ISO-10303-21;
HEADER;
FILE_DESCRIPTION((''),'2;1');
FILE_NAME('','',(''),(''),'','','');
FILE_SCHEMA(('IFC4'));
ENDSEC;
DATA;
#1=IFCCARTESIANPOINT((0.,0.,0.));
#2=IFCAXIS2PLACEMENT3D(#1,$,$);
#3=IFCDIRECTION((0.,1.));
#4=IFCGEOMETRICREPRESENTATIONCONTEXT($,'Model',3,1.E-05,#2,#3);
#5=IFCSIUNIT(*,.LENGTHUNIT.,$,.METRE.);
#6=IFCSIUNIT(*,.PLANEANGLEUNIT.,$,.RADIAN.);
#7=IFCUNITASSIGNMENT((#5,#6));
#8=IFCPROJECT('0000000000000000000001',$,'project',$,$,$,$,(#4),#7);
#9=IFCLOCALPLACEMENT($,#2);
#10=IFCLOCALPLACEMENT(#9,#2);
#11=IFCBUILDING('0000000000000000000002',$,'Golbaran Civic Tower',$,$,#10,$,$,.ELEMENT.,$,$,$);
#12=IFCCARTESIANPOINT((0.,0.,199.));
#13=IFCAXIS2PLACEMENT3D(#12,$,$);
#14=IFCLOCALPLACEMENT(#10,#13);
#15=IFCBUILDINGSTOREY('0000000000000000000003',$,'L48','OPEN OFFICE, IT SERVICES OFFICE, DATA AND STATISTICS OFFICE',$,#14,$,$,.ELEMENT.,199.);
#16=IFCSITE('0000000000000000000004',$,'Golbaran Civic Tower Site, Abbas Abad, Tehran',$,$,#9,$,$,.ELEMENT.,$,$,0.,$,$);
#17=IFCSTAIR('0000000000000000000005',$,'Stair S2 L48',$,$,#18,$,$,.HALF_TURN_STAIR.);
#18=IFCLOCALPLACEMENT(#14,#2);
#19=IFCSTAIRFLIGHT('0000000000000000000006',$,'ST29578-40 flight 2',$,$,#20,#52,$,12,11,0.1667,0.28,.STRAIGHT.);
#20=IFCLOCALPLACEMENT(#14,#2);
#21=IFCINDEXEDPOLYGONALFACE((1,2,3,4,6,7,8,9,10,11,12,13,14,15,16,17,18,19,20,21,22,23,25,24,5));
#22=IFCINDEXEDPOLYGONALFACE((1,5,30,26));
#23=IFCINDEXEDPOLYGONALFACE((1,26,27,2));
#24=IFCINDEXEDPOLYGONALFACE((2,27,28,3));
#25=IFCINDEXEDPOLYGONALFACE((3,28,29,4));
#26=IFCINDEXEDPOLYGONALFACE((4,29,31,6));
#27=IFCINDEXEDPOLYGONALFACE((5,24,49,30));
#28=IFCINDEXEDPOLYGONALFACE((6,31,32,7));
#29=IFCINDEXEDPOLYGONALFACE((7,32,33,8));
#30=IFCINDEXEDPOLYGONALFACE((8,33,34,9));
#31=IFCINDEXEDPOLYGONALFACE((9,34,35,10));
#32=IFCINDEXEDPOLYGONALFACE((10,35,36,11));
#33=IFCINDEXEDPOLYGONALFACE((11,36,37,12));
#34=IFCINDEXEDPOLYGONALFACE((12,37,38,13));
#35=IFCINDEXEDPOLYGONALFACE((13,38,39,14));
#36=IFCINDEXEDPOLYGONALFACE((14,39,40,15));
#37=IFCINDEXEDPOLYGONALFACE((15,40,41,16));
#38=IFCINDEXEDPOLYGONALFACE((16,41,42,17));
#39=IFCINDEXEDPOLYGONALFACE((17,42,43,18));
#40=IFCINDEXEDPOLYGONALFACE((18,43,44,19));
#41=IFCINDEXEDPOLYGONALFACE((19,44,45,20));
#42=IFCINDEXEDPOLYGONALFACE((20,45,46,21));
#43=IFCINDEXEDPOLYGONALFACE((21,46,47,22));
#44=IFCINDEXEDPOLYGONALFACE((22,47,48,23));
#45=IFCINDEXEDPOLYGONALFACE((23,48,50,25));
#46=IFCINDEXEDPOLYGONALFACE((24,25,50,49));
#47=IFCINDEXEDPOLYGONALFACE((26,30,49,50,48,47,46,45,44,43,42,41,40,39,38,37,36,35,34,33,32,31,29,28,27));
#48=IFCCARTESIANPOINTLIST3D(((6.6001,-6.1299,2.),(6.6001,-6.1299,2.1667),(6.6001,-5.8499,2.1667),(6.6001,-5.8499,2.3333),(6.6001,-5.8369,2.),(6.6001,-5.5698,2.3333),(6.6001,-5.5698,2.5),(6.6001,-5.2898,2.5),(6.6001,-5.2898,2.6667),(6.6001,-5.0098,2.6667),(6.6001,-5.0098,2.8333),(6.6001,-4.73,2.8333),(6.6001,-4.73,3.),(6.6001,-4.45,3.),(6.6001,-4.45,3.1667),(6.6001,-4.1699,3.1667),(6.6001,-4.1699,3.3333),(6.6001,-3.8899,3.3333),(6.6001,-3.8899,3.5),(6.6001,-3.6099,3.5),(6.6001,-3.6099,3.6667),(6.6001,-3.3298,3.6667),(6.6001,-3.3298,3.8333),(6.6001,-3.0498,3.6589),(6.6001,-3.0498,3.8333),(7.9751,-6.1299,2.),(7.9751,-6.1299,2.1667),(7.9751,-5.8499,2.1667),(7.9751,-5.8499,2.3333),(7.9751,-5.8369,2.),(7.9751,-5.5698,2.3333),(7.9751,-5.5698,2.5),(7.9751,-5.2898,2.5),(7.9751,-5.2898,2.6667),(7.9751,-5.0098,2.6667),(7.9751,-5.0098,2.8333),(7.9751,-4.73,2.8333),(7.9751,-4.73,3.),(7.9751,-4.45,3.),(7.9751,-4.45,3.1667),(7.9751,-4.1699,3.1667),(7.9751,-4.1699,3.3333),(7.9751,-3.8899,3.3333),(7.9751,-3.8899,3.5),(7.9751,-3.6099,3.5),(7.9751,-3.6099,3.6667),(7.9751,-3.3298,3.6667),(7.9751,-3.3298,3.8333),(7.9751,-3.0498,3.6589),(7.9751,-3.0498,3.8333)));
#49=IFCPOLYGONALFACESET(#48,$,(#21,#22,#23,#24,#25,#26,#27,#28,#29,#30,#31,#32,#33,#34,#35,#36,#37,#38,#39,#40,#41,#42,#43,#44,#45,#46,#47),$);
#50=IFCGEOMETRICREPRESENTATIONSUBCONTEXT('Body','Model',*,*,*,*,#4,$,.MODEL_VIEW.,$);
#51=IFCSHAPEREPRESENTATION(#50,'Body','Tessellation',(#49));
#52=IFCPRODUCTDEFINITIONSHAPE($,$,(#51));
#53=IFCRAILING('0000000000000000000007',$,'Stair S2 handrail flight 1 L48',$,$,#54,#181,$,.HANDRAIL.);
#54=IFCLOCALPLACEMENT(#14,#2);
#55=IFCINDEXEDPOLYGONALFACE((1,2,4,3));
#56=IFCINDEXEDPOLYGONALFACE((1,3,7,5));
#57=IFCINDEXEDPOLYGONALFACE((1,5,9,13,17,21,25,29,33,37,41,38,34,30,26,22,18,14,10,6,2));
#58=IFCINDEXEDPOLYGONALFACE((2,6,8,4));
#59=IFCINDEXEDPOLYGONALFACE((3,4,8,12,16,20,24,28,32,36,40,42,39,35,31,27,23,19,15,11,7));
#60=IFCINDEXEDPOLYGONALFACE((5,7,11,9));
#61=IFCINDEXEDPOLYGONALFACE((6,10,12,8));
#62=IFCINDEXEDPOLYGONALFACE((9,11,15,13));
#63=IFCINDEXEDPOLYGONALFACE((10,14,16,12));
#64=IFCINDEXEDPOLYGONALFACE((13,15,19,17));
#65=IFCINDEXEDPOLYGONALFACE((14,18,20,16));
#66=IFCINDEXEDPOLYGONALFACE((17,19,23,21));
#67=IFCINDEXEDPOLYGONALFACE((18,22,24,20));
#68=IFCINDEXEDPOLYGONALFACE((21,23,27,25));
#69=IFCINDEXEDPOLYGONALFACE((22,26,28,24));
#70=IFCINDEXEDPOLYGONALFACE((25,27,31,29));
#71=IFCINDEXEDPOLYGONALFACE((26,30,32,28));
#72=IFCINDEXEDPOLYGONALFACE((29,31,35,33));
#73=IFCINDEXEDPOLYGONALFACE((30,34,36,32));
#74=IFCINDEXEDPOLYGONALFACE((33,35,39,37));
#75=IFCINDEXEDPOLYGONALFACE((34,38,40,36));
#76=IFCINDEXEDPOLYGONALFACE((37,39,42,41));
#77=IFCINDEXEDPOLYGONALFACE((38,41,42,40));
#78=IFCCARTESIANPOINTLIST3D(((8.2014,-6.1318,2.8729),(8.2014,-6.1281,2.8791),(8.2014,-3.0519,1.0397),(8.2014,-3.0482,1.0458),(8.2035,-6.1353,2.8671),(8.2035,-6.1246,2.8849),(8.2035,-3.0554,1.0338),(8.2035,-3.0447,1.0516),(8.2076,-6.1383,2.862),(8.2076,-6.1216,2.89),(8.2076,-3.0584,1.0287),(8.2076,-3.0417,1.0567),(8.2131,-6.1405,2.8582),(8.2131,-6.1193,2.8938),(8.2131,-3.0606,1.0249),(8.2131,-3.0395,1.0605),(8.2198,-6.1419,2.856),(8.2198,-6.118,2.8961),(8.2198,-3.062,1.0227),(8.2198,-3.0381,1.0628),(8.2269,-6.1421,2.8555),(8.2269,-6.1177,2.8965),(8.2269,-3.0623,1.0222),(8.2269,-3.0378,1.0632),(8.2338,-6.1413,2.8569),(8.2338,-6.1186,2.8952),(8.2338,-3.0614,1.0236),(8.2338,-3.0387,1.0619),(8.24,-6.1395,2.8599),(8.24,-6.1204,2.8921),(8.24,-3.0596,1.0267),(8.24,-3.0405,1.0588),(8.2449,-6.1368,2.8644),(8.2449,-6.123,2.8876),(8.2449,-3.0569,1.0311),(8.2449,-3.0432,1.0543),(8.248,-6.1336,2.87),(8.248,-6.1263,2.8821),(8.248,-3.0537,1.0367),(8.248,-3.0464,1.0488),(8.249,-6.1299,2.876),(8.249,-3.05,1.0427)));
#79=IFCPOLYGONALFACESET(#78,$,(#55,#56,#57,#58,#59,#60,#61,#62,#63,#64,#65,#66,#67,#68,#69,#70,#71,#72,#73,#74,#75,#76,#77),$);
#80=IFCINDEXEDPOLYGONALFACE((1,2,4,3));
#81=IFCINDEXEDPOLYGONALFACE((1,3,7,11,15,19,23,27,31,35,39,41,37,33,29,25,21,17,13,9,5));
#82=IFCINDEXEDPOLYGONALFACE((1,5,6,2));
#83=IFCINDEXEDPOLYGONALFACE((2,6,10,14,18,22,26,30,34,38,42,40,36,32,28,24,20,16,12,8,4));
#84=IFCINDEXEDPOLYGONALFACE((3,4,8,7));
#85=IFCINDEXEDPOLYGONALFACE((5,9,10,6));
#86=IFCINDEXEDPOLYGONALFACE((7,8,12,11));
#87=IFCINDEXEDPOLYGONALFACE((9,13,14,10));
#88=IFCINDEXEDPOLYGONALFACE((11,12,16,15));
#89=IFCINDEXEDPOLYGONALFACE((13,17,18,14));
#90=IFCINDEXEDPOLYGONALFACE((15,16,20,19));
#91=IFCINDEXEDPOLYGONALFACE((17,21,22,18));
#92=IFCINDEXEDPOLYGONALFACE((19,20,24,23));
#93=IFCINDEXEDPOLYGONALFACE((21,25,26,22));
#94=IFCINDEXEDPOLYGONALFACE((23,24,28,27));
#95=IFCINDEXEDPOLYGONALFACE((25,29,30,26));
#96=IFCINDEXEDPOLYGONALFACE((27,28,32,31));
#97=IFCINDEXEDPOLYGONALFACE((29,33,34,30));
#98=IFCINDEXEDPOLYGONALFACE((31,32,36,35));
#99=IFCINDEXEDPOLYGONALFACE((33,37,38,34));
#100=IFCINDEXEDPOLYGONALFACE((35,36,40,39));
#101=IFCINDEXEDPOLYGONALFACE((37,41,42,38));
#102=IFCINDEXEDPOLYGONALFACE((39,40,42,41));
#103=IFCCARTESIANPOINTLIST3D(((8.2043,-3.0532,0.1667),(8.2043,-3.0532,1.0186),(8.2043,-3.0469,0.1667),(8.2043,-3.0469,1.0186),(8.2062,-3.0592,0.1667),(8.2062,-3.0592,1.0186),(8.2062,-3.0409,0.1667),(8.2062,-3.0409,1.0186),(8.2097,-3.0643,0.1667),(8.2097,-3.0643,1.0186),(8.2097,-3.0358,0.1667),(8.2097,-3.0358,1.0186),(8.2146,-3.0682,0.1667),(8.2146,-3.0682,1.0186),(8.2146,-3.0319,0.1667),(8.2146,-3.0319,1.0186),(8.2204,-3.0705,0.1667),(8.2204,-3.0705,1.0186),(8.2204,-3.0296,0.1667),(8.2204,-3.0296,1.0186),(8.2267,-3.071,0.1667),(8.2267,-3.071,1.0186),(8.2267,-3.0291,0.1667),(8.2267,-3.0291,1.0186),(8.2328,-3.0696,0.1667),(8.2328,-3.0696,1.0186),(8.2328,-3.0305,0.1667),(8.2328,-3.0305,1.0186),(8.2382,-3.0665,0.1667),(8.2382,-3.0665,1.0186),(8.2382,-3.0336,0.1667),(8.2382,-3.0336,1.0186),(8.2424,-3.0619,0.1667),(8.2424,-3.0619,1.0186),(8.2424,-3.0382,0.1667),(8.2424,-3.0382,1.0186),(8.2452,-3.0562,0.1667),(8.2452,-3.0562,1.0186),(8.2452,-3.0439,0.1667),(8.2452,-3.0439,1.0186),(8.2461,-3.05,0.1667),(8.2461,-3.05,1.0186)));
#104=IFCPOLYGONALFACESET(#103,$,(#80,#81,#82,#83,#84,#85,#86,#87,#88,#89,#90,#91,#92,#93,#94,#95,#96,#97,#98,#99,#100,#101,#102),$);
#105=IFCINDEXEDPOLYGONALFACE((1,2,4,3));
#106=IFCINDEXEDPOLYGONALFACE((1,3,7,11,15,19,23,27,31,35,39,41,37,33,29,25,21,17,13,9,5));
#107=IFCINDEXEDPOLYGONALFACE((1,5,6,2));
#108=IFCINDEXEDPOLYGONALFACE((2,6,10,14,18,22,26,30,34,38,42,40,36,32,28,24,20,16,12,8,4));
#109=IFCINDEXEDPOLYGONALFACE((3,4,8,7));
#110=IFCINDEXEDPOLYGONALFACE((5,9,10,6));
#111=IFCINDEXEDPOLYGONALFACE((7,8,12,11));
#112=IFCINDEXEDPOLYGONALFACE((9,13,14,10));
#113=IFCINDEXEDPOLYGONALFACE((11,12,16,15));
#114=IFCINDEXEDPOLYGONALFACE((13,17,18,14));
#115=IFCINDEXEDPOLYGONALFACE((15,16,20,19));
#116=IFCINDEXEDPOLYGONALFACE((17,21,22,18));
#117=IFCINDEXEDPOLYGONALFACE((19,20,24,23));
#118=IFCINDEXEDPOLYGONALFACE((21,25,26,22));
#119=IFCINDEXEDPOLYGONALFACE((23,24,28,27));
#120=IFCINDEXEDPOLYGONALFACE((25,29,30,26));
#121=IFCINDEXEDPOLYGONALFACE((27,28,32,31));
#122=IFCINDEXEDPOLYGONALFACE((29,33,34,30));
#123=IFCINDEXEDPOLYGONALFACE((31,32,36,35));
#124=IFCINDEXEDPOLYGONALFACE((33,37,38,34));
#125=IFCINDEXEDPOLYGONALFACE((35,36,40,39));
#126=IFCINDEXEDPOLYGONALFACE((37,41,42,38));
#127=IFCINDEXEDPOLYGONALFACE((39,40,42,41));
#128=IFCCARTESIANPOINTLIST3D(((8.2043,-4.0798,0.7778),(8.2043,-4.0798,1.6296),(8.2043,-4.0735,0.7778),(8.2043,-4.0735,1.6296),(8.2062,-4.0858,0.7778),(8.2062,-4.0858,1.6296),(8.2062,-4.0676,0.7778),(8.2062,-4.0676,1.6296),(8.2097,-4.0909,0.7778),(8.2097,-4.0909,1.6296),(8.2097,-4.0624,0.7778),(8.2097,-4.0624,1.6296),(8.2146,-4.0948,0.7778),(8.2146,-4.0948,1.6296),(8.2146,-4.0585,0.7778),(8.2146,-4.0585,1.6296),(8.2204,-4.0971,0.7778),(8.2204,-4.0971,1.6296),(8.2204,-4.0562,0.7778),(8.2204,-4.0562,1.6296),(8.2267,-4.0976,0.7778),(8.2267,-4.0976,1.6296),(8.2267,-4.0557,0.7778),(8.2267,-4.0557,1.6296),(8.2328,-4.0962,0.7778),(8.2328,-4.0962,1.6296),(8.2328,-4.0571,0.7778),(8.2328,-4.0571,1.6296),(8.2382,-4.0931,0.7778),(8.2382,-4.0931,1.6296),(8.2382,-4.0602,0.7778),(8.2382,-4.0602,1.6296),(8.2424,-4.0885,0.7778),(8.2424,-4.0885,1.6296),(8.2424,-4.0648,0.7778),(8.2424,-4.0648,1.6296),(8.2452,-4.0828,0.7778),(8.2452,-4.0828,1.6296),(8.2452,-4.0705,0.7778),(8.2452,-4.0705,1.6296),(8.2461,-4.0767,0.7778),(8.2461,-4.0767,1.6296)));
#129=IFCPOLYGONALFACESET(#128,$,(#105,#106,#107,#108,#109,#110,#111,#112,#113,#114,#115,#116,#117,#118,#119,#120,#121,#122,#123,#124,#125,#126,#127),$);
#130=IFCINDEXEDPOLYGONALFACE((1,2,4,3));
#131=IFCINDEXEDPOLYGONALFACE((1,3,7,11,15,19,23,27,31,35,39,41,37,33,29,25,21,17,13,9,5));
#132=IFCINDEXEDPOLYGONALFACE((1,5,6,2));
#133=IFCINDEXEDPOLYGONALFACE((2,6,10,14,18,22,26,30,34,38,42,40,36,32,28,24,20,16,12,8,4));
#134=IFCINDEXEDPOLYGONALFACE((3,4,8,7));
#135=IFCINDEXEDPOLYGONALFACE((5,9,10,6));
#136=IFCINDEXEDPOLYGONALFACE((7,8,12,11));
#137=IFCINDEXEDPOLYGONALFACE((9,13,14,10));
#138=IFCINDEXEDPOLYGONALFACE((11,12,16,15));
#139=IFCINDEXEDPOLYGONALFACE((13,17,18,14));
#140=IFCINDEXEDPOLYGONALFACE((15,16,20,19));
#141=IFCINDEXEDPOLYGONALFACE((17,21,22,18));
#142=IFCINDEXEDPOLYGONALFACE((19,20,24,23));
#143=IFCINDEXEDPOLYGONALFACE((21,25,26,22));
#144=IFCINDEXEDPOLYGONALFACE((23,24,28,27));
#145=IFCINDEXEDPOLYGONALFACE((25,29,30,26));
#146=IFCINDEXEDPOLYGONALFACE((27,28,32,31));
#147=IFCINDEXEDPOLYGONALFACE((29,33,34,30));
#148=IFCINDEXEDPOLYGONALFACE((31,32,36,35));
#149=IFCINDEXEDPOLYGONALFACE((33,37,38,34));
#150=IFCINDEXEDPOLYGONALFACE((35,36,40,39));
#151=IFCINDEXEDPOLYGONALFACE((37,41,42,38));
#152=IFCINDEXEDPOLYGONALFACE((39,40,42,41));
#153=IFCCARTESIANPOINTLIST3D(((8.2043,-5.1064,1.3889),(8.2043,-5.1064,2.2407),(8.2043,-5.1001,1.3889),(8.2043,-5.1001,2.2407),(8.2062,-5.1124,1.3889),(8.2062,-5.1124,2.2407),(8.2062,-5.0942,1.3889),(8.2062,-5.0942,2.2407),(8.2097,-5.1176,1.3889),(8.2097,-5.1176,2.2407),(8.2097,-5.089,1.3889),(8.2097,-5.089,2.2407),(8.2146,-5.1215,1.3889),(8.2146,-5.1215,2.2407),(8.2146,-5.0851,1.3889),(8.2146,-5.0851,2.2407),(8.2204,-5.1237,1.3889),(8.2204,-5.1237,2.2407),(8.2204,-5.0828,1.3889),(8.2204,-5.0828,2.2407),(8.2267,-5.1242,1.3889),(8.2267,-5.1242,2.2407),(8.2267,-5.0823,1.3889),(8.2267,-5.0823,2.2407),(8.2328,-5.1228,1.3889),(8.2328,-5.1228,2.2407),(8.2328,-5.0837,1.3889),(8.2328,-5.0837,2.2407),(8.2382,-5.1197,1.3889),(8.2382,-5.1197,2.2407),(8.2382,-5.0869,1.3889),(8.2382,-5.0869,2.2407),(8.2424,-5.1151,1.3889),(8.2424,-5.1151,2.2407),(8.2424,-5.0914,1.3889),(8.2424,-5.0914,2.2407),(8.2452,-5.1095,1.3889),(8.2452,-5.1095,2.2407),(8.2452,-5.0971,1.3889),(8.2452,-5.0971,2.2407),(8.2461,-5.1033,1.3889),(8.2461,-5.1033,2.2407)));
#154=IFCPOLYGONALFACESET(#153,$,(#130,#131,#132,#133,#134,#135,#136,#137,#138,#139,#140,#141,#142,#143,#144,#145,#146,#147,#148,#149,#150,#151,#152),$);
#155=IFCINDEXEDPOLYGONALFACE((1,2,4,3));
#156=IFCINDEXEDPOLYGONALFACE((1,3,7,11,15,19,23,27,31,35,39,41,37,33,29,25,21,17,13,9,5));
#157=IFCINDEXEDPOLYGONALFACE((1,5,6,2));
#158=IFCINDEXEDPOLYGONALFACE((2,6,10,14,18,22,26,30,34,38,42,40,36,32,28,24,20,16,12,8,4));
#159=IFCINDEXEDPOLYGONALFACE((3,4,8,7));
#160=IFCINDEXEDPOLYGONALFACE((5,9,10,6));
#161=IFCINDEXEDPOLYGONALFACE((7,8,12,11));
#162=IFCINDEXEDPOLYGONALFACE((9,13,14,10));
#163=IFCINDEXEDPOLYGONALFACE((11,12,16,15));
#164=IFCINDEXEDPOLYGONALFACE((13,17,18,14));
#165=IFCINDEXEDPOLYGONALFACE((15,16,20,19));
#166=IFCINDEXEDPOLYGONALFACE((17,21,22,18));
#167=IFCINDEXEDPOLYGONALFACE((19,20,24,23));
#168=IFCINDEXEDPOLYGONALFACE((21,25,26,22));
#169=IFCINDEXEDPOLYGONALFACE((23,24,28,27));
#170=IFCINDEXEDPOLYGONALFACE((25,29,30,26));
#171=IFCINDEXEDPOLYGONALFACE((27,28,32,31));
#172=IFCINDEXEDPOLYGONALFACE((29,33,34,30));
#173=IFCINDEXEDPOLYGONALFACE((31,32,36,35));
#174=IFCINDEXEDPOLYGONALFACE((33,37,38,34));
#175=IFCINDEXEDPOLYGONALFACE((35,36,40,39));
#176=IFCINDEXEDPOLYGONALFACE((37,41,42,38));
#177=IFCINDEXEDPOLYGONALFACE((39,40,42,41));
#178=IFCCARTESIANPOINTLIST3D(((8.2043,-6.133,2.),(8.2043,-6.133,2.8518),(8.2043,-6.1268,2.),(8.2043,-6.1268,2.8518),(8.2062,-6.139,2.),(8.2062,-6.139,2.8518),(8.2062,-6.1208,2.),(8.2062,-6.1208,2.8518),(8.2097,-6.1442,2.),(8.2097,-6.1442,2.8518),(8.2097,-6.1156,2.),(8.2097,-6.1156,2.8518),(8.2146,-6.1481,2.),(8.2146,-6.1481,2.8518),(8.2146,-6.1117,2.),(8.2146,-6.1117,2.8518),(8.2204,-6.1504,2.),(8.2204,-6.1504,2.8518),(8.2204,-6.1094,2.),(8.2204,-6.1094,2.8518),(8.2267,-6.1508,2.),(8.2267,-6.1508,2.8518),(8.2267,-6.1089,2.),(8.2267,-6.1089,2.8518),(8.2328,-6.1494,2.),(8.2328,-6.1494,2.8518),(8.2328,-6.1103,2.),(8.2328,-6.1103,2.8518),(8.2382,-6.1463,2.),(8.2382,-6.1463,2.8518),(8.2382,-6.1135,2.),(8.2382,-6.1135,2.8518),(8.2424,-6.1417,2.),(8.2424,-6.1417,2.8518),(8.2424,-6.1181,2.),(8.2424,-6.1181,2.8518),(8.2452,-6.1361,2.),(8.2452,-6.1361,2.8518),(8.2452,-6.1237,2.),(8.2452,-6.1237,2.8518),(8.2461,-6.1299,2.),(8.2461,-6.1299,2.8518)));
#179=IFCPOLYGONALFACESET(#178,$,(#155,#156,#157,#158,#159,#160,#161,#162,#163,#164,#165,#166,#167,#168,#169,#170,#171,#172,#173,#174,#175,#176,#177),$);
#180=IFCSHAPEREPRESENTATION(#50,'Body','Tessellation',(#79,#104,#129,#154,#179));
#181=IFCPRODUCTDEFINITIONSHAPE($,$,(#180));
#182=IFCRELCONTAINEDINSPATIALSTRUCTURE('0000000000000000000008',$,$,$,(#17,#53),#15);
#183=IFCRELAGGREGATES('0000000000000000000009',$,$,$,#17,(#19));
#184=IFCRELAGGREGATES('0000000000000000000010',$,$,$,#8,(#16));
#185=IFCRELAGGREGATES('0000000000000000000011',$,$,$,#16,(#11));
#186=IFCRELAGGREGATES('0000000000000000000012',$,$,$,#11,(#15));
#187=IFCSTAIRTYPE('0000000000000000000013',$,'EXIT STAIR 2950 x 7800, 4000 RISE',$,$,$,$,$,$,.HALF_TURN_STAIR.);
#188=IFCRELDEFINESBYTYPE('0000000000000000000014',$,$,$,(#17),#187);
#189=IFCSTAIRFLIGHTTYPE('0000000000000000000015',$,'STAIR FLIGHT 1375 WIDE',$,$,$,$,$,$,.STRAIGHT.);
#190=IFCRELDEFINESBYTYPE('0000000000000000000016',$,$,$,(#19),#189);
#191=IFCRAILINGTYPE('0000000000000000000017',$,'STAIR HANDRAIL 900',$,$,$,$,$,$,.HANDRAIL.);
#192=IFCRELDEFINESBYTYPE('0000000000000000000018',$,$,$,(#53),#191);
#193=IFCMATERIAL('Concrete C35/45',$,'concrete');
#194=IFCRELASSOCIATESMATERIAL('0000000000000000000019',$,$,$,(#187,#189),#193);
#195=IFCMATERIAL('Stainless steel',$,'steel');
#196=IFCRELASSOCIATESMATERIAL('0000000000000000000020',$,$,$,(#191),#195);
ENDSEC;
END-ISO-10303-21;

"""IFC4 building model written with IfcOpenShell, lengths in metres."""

from ifc_helpers import new_model, si_unit, direction, frame, origin, origin_2d, place, context, subcontext, project, spatial, polyline, circle, outline, extrude, material, type_object, element, aggregate, save


model = new_model("IFC4")

# Units and contexts
model_context = context("Model", 3, precision=1e-05, world=origin(), true_north=direction((0.0, 1.0)))
body_context = subcontext(model_context, "Body", "Model", "MODEL_VIEW")
ifc_project = project(units=[si_unit("LENGTHUNIT", "METRE"), si_unit("PLANEANGLEUNIT", "RADIAN")], contexts=[model_context])

# Site, building, storey
site_placement = place(None, origin())
site = spatial("IfcSite", under=ifc_project, at=site_placement, Name="Golbaran Civic Tower Site, Abbas Abad, Tehran", CompositionType="ELEMENT", RefElevation=0.0)
building_placement = place(site_placement, origin())
building = spatial("IfcBuilding", under=site, at=building_placement, Name="Golbaran Civic Tower", CompositionType="ELEMENT")
storey_placement = place(building_placement, frame((0.0, 0.0, 199.0)))
storey = spatial("IfcBuildingStorey", under=building, at=storey_placement, Name="L48", Description="OPEN OFFICE, IT SERVICES OFFICE, DATA AND STATISTICS OFFICE", CompositionType="ELEMENT", Elevation=199.0)

# Shared definitions
ifc_material_1 = material(Name="Concrete C35/45", Category="concrete")
stair_type = type_object("IfcStairType", Name="EXIT STAIR 2950 x 7800, 4000 RISE", PredefinedType="HALF_TURN_STAIR", material=ifc_material_1)

# Stair
stair_1_placement = place(storey_placement, origin())
stair_1 = element("IfcStair", 1, at=stair_1_placement, inside=storey, type_object=stair_type, Name="Stair S2 L48", PredefinedType="HALF_TURN_STAIR")

# Shared definitions
ifc_material_2 = material(Name="Stainless steel", Category="steel")

# Stair flight
stair_flight_type = type_object("IfcStairFlightType", Name="STAIR FLIGHT 1375 WIDE", PredefinedType="STRAIGHT", material=ifc_material_1)
stair_flight_1_placement = place(storey_placement, frame((7.2876, -6.1299, 2.0), z_axis=(0.0, 0.0, 1.0), x_axis=(0.0, 1.0, 0.0)))
stair_flight_1 = element("IfcStairFlight", 2, at=stair_flight_1_placement, type_object=stair_flight_type, Name="ST29578-40 flight 2", NumberOfRisers=12, NumberOfTreads=11, PredefinedType="STRAIGHT", RiserHeight=0.1667, TreadLength=0.28, context=body_context, shape_type="SweptSolid", body=[
    extrude(outline(polyline([(0.0, 0.0), (0.0, 0.1667), (0.28, 0.1667), (0.28, 0.3333), (0.5601, 0.3333), (0.5601, 0.5), (0.8401, 0.5), (0.8401, 0.6667), (1.1201, 0.6667), (1.1201, 0.8333), (1.3999, 0.8333), (1.3999, 1.0), (1.6799, 1.0), (1.6799, 1.1667), (1.96, 1.1667), (1.96, 1.3333), (2.24, 1.3333), (2.24, 1.5), (2.52, 1.5), (2.52, 1.6667), (2.8, 1.6667), (2.8, 1.8333), (3.0801, 1.8333), (3.0801, 2.0), (3.0801, 1.6589), (0.293, 0.0), (0.0, 0.0)])), frame((0.0, 0.6875, 0.0), z_axis=(0.0, -1.0, 0.0), x_axis=(1.0, 0.0, 0.0)), (0.0, 0.0, 1.0), 1.375),
])
aggregate(stair_1, [stair_flight_1])

# Railing
railing_type = type_object("IfcRailingType", Name="STAIR HANDRAIL 900", PredefinedType="HANDRAIL", material=ifc_material_2)
railing_1_placement = place(storey_placement, frame((8.2251, -3.05, 0.1667)))
element("IfcRailing", 3, at=railing_1_placement, inside=storey, type_object=railing_type, Name="Stair S2 handrail flight 1 L48", PredefinedType="HANDRAIL", context=body_context, shape_type="SweptSolid", body=[
    extrude(circle(Radius=0.0239, at=origin_2d()), frame((0.0, 0.0, 0.876), z_axis=(0.0, -0.859291, 0.511487), x_axis=(1.0, 0.0, 0.0)), (0.0, 0.0, 1.0), 3.5842),
    extrude(circle(Radius=0.021, at=origin_2d()), origin(), (0.0, 0.0, 1.0), 0.8518),
    extrude(circle(Radius=0.021, at=origin_2d()), frame((0.0, -1.0266, 0.6111)), (0.0, 0.0, 1.0), 0.8518),
    extrude(circle(Radius=0.021, at=origin_2d()), frame((0.0, -2.0532, 1.2222)), (0.0, 0.0, 1.0), 0.8518),
    extrude(circle(Radius=0.021, at=origin_2d()), frame((0.0, -3.0798, 1.8333)), (0.0, 0.0, 1.0), 0.8518),
])

save(model, "model.ifc")
